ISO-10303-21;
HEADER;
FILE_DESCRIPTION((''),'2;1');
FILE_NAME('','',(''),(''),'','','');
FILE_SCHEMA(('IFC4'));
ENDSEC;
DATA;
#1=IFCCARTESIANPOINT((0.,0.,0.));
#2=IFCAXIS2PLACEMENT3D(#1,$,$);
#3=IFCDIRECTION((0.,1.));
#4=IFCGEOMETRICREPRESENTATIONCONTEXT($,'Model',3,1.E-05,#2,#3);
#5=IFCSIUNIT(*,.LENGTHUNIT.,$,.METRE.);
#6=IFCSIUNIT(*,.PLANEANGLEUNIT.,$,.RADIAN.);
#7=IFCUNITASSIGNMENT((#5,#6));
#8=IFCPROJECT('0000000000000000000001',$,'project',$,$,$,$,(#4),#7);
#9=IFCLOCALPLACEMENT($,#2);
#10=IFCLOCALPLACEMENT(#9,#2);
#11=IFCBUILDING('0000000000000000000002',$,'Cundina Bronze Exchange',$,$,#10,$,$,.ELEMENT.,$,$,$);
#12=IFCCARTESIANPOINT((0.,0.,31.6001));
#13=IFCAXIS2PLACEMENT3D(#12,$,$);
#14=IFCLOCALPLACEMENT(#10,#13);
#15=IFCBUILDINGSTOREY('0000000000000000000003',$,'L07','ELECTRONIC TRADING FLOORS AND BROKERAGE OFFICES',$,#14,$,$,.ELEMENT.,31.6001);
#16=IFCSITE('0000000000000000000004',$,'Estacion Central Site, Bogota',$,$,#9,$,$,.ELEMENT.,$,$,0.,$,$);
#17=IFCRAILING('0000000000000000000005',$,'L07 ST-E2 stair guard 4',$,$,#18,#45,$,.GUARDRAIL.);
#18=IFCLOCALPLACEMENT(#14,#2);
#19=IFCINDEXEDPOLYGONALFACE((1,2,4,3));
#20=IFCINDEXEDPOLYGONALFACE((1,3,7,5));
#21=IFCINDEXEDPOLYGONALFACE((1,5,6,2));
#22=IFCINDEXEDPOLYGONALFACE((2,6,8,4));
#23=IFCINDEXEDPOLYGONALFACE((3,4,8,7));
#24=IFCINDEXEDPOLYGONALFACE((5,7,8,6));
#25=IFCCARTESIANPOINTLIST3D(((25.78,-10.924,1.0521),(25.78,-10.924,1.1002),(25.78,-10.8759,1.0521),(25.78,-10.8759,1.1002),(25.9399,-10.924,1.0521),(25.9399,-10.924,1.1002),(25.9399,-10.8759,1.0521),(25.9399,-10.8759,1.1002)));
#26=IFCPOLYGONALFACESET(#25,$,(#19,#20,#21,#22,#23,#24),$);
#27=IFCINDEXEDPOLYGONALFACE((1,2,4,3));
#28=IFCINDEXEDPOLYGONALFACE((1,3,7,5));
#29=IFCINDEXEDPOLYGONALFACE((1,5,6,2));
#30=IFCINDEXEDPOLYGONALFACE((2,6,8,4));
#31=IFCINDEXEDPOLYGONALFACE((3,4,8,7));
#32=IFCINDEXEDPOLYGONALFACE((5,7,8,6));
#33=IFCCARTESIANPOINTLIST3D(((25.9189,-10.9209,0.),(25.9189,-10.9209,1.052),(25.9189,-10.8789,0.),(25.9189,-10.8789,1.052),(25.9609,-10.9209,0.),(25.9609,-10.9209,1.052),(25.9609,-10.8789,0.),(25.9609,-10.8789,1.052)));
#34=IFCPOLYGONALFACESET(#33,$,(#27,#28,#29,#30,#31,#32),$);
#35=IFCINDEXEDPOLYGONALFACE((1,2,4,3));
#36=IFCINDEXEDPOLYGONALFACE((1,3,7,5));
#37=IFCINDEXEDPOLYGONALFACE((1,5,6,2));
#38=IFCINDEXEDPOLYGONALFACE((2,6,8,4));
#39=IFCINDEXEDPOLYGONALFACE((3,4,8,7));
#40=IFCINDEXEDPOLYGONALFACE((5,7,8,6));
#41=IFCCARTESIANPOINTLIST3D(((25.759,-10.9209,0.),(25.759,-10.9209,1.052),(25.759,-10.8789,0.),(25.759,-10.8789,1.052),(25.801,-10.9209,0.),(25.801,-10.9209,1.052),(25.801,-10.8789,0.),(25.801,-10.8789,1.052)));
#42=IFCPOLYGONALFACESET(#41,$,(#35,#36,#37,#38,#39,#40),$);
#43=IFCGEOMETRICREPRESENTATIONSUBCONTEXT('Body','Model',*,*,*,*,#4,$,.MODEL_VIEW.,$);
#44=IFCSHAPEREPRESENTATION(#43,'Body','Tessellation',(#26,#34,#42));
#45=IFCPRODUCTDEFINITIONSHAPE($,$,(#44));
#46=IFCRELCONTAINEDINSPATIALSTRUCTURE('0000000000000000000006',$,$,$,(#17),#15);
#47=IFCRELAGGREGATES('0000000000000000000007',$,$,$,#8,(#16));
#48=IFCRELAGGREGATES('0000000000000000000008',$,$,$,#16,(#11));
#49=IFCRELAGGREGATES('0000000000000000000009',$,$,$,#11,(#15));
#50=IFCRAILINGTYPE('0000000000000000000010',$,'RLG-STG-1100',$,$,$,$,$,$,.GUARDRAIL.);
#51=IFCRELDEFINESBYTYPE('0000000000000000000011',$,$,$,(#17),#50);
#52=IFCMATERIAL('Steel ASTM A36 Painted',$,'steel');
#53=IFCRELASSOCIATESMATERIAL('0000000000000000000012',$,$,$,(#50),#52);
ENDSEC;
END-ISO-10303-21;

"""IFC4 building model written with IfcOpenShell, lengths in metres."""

from ifc_helpers import new_model, si_unit, direction, frame, origin, origin_2d, place, context, subcontext, project, spatial, rectangle, extrude, material, type_object, element, save


model = new_model("IFC4")

# Units and contexts
model_context = context("Model", 3, precision=1e-05, world=origin(), true_north=direction((0.0, 1.0)))
body_context = subcontext(model_context, "Body", "Model", "MODEL_VIEW")
ifc_project = project(units=[si_unit("LENGTHUNIT", "METRE"), si_unit("PLANEANGLEUNIT", "RADIAN")], contexts=[model_context])

# Site, building, storey
site_placement = place(None, origin())
site = spatial("IfcSite", under=ifc_project, at=site_placement, Name="Estacion Central Site, Bogota", CompositionType="ELEMENT", RefElevation=0.0)
building_placement = place(site_placement, origin())
building = spatial("IfcBuilding", under=site, at=building_placement, Name="Cundina Bronze Exchange", CompositionType="ELEMENT")
storey_placement = place(building_placement, frame((0.0, 0.0, 31.6001)))
storey = spatial("IfcBuildingStorey", under=building, at=storey_placement, Name="L07", Description="ELECTRONIC TRADING FLOORS AND BROKERAGE OFFICES", CompositionType="ELEMENT", Elevation=31.6001)

# Shared definitions
ifc_material_1 = material(Name="Steel ASTM A36 Painted", Category="steel")

# Railing
railing_type_1 = type_object("IfcRailingType", Name="RLG-STG-1100", PredefinedType="GUARDRAIL", material=ifc_material_1)
railing_1_placement = place(storey_placement, frame((25.9399, -10.8999, 0.0)))
element("IfcRailing", 1, at=railing_1_placement, inside=storey, type_object=railing_type_1, Name="L07 ST-E2 stair guard 4", PredefinedType="GUARDRAIL", context=body_context, shape_type="SweptSolid", body=[
    extrude(rectangle(XDim=0.0481, YDim=0.0481, at=origin_2d()), frame((0.0, 0.0, 1.0762), z_axis=(-1.0, 0.0, 0.0), x_axis=(0.0, -1.0, 0.0)), (0.0, 0.0, 1.0), 0.1599),
    extrude(rectangle(XDim=0.042, YDim=0.042, at=origin_2d()), origin(), (0.0, 0.0, 1.0), 1.052),
    extrude(rectangle(XDim=0.042, YDim=0.042, at=origin_2d()), frame((-0.1599, 0.0, 0.0)), (0.0, 0.0, 1.0), 1.052),
])

save(model, "model.ifc")
